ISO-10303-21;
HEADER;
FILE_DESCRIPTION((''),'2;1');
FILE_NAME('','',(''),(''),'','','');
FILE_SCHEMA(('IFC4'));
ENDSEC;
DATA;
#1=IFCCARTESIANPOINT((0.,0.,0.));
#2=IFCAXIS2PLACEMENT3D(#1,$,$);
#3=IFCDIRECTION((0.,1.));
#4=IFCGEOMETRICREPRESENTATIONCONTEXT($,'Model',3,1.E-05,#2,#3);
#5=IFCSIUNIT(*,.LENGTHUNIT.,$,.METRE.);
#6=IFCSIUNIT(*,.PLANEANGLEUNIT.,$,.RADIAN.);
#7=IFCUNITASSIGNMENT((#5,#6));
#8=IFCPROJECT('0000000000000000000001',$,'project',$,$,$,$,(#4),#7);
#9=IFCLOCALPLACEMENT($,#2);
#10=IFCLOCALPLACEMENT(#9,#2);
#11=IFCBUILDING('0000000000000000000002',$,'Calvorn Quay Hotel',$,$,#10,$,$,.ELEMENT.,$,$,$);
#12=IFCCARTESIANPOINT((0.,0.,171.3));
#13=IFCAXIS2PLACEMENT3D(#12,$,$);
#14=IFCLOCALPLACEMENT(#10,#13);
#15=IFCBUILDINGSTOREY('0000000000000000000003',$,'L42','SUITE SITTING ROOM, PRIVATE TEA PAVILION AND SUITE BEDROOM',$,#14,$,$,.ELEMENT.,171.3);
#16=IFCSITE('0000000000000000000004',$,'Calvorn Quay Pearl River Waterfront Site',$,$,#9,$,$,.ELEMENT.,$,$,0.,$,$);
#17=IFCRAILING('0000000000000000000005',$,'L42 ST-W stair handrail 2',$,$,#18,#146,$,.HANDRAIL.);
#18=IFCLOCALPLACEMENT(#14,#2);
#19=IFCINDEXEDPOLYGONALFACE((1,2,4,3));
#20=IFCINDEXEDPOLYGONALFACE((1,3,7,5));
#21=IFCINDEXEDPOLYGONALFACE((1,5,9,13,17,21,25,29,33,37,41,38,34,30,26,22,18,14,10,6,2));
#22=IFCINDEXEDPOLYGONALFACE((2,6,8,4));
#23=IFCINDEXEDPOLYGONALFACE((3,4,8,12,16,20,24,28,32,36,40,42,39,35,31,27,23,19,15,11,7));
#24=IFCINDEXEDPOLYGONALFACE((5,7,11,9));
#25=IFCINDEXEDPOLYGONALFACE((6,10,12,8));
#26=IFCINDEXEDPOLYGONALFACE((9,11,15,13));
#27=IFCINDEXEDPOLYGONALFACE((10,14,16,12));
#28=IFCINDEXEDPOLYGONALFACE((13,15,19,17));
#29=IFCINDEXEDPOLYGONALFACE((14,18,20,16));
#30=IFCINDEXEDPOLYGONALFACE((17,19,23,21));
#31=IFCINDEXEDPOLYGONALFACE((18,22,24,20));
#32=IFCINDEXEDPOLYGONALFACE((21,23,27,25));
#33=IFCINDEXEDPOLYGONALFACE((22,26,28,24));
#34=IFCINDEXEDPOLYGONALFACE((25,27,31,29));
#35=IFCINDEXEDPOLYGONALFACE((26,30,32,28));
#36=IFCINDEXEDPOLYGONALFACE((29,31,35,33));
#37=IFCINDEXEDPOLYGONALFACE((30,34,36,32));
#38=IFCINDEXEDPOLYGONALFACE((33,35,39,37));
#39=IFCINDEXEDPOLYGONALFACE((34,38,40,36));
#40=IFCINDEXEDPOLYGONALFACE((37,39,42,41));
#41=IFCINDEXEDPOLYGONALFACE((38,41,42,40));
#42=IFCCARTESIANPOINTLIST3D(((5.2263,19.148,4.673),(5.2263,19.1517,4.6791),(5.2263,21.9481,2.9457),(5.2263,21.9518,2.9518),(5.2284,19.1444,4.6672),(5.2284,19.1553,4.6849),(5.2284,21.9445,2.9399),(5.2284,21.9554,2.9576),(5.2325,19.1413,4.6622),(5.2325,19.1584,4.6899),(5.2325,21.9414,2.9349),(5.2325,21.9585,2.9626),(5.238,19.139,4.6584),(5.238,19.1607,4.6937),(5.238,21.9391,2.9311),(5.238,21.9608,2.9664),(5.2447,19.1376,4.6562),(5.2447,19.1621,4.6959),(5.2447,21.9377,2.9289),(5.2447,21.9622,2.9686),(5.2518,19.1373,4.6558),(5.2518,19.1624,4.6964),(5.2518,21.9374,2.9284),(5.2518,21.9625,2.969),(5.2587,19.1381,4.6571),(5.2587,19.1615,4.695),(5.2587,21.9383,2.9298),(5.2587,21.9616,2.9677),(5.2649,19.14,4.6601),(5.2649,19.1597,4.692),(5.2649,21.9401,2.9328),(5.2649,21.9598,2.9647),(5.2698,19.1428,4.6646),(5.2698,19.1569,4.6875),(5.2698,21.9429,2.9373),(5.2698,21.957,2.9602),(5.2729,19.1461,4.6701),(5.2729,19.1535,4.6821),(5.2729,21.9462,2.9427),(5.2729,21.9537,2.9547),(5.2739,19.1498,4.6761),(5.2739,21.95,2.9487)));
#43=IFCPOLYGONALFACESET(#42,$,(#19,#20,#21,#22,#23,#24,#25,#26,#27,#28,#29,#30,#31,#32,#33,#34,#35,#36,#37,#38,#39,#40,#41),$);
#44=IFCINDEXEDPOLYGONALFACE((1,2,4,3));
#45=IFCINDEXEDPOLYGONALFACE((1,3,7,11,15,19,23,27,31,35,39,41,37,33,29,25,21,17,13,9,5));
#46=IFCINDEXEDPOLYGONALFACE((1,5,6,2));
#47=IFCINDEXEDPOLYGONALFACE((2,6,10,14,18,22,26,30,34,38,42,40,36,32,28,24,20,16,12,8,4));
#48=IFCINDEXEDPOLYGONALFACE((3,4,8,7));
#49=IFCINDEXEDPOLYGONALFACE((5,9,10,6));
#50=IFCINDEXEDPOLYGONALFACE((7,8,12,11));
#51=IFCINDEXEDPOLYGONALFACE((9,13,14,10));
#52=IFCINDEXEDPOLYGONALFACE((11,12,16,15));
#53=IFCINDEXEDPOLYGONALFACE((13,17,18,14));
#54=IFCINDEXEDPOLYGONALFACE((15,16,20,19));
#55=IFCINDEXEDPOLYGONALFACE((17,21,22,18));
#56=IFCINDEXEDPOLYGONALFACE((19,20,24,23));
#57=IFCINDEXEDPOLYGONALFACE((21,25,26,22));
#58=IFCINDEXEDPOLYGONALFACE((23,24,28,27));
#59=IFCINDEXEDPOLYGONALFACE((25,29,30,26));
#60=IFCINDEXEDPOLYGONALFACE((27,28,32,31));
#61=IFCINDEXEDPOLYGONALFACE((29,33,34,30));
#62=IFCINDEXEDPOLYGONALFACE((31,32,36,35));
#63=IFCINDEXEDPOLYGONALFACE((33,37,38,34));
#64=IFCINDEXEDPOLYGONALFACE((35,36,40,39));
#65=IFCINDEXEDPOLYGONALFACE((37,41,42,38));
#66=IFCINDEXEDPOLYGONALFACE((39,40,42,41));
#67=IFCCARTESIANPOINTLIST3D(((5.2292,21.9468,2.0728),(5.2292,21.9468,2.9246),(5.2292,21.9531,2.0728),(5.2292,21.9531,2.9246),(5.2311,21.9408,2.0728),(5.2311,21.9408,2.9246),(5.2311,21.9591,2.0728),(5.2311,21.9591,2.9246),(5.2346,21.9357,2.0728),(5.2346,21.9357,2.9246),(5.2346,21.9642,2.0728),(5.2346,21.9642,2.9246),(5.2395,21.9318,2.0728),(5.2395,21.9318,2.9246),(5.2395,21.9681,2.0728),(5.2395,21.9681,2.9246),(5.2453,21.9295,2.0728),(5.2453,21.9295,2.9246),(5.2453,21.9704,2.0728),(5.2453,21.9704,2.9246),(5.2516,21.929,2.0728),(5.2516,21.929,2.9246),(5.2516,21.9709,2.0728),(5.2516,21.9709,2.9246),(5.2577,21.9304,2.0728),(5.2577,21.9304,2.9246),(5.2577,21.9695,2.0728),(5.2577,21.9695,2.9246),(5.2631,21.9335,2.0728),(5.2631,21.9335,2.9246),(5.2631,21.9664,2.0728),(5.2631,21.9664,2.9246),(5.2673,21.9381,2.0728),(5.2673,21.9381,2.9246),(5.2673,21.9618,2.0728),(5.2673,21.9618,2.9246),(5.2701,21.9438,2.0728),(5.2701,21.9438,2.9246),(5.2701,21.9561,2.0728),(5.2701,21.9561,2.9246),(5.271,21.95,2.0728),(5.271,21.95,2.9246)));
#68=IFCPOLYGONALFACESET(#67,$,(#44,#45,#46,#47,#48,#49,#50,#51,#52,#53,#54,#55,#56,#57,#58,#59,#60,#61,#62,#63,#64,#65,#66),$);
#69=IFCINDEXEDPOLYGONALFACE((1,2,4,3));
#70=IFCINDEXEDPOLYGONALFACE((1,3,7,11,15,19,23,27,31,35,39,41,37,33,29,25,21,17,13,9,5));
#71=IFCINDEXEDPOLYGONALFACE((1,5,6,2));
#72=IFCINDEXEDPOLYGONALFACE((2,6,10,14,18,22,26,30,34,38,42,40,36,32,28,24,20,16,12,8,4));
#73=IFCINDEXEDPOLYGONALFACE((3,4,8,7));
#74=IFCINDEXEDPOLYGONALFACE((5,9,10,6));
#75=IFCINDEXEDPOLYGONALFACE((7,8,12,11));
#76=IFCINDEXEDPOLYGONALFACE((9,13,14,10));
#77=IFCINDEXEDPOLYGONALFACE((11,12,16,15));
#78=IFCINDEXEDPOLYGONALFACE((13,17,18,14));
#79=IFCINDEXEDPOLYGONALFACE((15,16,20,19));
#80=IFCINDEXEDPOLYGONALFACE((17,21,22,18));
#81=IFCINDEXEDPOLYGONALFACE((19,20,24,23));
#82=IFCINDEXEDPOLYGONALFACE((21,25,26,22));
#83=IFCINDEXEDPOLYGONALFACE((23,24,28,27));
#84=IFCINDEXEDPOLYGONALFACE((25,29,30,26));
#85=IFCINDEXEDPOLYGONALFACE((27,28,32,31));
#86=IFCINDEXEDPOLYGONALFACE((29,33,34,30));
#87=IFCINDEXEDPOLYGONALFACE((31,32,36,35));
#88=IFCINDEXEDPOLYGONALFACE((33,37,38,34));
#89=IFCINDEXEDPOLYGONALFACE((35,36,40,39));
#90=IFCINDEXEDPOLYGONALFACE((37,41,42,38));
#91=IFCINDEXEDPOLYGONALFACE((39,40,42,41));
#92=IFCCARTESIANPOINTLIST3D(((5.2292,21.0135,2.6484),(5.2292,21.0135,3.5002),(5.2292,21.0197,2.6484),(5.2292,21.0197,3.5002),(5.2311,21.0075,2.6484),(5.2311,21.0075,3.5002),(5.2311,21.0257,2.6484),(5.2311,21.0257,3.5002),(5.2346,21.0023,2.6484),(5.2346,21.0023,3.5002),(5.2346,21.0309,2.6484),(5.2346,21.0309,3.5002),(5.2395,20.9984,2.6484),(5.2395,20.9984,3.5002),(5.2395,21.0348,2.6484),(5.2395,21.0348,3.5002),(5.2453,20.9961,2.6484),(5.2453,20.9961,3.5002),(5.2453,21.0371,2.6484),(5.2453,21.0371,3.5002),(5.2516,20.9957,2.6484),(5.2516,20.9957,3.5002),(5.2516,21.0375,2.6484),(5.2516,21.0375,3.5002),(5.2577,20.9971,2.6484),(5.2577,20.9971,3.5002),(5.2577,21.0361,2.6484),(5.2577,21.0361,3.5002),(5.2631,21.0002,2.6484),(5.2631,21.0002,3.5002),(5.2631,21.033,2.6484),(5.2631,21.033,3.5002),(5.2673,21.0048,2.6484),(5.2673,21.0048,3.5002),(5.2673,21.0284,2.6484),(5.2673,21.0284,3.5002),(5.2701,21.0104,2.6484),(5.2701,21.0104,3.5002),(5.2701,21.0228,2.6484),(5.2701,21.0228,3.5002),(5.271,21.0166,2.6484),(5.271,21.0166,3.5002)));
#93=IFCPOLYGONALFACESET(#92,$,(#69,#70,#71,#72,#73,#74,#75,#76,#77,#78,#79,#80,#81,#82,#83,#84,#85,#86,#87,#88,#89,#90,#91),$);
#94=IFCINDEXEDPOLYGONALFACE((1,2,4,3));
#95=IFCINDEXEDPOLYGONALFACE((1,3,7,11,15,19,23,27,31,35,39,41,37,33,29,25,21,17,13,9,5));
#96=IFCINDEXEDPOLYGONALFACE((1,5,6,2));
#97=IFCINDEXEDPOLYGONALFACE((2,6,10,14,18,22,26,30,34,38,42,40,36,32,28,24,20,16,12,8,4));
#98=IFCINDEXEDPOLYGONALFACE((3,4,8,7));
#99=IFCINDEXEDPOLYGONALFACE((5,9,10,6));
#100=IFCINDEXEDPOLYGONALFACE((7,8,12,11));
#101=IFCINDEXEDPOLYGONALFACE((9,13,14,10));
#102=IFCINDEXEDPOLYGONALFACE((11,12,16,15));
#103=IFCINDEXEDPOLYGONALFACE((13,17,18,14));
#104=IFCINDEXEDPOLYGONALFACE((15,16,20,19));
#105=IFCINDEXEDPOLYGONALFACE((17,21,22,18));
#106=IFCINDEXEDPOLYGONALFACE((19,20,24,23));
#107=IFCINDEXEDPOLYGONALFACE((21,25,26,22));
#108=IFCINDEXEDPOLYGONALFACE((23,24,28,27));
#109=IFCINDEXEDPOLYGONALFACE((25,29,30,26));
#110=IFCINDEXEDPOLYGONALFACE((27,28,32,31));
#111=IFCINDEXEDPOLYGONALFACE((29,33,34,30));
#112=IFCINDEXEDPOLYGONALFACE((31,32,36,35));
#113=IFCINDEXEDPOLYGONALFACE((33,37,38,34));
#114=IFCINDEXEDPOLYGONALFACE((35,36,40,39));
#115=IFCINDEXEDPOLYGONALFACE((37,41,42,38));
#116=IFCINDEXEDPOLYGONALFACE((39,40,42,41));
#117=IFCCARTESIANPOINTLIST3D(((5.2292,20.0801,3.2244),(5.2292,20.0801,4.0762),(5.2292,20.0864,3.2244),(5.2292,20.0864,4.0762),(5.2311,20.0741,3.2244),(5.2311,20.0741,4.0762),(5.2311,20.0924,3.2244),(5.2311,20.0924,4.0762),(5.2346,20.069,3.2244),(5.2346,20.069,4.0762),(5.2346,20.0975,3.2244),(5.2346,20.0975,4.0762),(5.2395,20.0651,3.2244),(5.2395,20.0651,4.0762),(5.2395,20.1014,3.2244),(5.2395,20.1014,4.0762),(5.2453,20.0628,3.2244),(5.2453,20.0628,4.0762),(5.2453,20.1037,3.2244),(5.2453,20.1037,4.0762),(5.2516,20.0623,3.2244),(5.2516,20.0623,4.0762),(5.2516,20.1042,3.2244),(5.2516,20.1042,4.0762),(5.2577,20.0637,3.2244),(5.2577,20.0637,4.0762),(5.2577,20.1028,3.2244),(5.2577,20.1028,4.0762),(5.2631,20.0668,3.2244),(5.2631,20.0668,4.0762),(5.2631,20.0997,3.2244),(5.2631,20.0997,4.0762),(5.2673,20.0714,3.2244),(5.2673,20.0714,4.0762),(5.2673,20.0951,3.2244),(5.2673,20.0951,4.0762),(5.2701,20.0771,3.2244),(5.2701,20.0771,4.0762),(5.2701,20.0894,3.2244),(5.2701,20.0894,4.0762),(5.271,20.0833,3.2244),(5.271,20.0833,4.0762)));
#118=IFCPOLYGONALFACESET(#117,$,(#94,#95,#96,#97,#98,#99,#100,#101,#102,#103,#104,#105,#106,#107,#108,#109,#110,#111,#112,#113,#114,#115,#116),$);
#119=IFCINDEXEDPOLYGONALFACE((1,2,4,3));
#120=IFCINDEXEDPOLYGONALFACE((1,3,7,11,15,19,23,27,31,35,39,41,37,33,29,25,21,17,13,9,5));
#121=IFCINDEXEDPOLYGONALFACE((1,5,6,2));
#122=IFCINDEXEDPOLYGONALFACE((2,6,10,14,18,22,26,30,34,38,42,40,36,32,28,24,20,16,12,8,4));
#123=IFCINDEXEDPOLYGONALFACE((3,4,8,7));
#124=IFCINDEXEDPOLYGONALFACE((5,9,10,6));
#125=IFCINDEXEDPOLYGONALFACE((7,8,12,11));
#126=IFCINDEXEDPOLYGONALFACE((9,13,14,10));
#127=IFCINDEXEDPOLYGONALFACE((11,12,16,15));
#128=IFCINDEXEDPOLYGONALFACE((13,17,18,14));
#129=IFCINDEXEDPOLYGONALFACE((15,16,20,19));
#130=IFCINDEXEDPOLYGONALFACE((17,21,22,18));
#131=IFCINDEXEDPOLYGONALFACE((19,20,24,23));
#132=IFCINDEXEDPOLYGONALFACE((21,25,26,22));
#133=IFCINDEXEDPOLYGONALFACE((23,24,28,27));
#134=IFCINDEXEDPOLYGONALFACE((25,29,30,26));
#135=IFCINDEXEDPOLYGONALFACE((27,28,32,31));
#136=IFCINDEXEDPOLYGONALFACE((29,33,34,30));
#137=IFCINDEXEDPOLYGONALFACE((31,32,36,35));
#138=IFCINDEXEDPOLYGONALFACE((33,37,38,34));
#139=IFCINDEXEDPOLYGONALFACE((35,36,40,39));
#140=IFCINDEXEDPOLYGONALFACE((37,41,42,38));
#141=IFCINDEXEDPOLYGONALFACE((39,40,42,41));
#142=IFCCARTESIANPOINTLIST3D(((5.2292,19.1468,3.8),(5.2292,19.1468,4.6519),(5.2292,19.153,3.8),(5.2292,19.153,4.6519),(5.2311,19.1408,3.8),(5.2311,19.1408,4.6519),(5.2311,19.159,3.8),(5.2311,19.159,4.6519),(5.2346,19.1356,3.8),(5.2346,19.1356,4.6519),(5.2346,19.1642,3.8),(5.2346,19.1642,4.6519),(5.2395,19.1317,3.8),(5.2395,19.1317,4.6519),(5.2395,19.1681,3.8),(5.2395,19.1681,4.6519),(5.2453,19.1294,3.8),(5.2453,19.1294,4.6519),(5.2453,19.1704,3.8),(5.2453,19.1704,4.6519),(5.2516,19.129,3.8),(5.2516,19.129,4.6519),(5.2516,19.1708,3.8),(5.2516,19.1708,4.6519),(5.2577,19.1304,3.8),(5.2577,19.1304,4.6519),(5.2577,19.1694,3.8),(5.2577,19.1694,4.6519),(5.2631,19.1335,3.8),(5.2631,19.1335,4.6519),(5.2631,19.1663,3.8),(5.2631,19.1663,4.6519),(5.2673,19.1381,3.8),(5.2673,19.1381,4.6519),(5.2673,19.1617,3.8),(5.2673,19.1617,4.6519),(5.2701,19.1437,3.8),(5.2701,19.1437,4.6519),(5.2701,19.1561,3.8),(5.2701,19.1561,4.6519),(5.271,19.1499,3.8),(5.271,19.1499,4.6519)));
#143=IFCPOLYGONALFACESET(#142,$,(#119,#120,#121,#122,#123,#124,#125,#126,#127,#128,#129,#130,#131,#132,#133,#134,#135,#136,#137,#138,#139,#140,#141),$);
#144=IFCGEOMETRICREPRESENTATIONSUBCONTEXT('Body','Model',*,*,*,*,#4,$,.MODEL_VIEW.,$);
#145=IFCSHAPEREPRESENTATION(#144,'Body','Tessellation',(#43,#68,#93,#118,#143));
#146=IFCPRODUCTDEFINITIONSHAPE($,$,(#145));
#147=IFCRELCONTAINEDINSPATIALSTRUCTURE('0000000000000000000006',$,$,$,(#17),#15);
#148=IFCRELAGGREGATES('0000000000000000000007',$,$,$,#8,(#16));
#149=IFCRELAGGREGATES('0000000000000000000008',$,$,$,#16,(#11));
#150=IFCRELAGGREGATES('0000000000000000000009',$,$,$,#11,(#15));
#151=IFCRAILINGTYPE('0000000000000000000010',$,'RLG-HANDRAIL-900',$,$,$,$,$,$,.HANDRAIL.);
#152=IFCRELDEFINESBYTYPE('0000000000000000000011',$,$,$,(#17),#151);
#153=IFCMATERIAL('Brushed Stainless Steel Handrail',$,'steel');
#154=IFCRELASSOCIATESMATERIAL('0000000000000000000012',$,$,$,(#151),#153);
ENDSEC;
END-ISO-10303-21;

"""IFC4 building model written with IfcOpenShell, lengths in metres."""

from ifc_helpers import new_model, si_unit, direction, frame, origin, origin_2d, place, context, subcontext, project, spatial, circle, extrude, material, type_object, element, save


model = new_model("IFC4")

# Units and contexts
model_context = context("Model", 3, precision=1e-05, world=origin(), true_north=direction((0.0, 1.0)))
body_context = subcontext(model_context, "Body", "Model", "MODEL_VIEW")
ifc_project = project(units=[si_unit("LENGTHUNIT", "METRE"), si_unit("PLANEANGLEUNIT", "RADIAN")], contexts=[model_context])

# Site, building, storey
site_placement = place(None, origin())
site = spatial("IfcSite", under=ifc_project, at=site_placement, Name="Calvorn Quay Pearl River Waterfront Site", CompositionType="ELEMENT", RefElevation=0.0)
building_placement = place(site_placement, origin())
building = spatial("IfcBuilding", under=site, at=building_placement, Name="Calvorn Quay Hotel", CompositionType="ELEMENT")
storey_placement = place(building_placement, frame((0.0, 0.0, 171.3)))
storey = spatial("IfcBuildingStorey", under=building, at=storey_placement, Name="L42", Description="SUITE SITTING ROOM, PRIVATE TEA PAVILION AND SUITE BEDROOM", CompositionType="ELEMENT", Elevation=171.3)

# Railing
ifc_material_1 = material(Name="Brushed Stainless Steel Handrail", Category="steel")
railing_type_1 = type_object("IfcRailingType", Name="RLG-HANDRAIL-900", PredefinedType="HANDRAIL", material=ifc_material_1)
railing_1_placement = place(storey_placement, frame((5.25, 21.95, 2.0728)))
element("IfcRailing", 1, at=railing_1_placement, inside=storey, type_object=railing_type_1, Name="L42 ST-W stair handrail 2", PredefinedType="HANDRAIL", context=body_context, shape_type="SweptSolid", body=[
    extrude(circle(Radius=0.0239, at=origin_2d()), frame((0.0, 0.0, 0.876), z_axis=(0.0, -0.85109, 0.52502), x_axis=(1.0, 0.0, 0.0)), (0.0, 0.0, 1.0), 3.29),
    extrude(circle(Radius=0.021, at=origin_2d()), origin(), (0.0, 0.0, 1.0), 0.8518),
    extrude(circle(Radius=0.021, at=origin_2d()), frame((0.0, -0.9333, 0.5757)), (0.0, 0.0, 1.0), 0.8518),
    extrude(circle(Radius=0.021, at=origin_2d()), frame((0.0, -1.8667, 1.1516)), (0.0, 0.0, 1.0), 0.8518),
    extrude(circle(Radius=0.021, at=origin_2d()), frame((0.0, -2.8, 1.7273)), (0.0, 0.0, 1.0), 0.8518),
])

save(model, "model.ifc")
